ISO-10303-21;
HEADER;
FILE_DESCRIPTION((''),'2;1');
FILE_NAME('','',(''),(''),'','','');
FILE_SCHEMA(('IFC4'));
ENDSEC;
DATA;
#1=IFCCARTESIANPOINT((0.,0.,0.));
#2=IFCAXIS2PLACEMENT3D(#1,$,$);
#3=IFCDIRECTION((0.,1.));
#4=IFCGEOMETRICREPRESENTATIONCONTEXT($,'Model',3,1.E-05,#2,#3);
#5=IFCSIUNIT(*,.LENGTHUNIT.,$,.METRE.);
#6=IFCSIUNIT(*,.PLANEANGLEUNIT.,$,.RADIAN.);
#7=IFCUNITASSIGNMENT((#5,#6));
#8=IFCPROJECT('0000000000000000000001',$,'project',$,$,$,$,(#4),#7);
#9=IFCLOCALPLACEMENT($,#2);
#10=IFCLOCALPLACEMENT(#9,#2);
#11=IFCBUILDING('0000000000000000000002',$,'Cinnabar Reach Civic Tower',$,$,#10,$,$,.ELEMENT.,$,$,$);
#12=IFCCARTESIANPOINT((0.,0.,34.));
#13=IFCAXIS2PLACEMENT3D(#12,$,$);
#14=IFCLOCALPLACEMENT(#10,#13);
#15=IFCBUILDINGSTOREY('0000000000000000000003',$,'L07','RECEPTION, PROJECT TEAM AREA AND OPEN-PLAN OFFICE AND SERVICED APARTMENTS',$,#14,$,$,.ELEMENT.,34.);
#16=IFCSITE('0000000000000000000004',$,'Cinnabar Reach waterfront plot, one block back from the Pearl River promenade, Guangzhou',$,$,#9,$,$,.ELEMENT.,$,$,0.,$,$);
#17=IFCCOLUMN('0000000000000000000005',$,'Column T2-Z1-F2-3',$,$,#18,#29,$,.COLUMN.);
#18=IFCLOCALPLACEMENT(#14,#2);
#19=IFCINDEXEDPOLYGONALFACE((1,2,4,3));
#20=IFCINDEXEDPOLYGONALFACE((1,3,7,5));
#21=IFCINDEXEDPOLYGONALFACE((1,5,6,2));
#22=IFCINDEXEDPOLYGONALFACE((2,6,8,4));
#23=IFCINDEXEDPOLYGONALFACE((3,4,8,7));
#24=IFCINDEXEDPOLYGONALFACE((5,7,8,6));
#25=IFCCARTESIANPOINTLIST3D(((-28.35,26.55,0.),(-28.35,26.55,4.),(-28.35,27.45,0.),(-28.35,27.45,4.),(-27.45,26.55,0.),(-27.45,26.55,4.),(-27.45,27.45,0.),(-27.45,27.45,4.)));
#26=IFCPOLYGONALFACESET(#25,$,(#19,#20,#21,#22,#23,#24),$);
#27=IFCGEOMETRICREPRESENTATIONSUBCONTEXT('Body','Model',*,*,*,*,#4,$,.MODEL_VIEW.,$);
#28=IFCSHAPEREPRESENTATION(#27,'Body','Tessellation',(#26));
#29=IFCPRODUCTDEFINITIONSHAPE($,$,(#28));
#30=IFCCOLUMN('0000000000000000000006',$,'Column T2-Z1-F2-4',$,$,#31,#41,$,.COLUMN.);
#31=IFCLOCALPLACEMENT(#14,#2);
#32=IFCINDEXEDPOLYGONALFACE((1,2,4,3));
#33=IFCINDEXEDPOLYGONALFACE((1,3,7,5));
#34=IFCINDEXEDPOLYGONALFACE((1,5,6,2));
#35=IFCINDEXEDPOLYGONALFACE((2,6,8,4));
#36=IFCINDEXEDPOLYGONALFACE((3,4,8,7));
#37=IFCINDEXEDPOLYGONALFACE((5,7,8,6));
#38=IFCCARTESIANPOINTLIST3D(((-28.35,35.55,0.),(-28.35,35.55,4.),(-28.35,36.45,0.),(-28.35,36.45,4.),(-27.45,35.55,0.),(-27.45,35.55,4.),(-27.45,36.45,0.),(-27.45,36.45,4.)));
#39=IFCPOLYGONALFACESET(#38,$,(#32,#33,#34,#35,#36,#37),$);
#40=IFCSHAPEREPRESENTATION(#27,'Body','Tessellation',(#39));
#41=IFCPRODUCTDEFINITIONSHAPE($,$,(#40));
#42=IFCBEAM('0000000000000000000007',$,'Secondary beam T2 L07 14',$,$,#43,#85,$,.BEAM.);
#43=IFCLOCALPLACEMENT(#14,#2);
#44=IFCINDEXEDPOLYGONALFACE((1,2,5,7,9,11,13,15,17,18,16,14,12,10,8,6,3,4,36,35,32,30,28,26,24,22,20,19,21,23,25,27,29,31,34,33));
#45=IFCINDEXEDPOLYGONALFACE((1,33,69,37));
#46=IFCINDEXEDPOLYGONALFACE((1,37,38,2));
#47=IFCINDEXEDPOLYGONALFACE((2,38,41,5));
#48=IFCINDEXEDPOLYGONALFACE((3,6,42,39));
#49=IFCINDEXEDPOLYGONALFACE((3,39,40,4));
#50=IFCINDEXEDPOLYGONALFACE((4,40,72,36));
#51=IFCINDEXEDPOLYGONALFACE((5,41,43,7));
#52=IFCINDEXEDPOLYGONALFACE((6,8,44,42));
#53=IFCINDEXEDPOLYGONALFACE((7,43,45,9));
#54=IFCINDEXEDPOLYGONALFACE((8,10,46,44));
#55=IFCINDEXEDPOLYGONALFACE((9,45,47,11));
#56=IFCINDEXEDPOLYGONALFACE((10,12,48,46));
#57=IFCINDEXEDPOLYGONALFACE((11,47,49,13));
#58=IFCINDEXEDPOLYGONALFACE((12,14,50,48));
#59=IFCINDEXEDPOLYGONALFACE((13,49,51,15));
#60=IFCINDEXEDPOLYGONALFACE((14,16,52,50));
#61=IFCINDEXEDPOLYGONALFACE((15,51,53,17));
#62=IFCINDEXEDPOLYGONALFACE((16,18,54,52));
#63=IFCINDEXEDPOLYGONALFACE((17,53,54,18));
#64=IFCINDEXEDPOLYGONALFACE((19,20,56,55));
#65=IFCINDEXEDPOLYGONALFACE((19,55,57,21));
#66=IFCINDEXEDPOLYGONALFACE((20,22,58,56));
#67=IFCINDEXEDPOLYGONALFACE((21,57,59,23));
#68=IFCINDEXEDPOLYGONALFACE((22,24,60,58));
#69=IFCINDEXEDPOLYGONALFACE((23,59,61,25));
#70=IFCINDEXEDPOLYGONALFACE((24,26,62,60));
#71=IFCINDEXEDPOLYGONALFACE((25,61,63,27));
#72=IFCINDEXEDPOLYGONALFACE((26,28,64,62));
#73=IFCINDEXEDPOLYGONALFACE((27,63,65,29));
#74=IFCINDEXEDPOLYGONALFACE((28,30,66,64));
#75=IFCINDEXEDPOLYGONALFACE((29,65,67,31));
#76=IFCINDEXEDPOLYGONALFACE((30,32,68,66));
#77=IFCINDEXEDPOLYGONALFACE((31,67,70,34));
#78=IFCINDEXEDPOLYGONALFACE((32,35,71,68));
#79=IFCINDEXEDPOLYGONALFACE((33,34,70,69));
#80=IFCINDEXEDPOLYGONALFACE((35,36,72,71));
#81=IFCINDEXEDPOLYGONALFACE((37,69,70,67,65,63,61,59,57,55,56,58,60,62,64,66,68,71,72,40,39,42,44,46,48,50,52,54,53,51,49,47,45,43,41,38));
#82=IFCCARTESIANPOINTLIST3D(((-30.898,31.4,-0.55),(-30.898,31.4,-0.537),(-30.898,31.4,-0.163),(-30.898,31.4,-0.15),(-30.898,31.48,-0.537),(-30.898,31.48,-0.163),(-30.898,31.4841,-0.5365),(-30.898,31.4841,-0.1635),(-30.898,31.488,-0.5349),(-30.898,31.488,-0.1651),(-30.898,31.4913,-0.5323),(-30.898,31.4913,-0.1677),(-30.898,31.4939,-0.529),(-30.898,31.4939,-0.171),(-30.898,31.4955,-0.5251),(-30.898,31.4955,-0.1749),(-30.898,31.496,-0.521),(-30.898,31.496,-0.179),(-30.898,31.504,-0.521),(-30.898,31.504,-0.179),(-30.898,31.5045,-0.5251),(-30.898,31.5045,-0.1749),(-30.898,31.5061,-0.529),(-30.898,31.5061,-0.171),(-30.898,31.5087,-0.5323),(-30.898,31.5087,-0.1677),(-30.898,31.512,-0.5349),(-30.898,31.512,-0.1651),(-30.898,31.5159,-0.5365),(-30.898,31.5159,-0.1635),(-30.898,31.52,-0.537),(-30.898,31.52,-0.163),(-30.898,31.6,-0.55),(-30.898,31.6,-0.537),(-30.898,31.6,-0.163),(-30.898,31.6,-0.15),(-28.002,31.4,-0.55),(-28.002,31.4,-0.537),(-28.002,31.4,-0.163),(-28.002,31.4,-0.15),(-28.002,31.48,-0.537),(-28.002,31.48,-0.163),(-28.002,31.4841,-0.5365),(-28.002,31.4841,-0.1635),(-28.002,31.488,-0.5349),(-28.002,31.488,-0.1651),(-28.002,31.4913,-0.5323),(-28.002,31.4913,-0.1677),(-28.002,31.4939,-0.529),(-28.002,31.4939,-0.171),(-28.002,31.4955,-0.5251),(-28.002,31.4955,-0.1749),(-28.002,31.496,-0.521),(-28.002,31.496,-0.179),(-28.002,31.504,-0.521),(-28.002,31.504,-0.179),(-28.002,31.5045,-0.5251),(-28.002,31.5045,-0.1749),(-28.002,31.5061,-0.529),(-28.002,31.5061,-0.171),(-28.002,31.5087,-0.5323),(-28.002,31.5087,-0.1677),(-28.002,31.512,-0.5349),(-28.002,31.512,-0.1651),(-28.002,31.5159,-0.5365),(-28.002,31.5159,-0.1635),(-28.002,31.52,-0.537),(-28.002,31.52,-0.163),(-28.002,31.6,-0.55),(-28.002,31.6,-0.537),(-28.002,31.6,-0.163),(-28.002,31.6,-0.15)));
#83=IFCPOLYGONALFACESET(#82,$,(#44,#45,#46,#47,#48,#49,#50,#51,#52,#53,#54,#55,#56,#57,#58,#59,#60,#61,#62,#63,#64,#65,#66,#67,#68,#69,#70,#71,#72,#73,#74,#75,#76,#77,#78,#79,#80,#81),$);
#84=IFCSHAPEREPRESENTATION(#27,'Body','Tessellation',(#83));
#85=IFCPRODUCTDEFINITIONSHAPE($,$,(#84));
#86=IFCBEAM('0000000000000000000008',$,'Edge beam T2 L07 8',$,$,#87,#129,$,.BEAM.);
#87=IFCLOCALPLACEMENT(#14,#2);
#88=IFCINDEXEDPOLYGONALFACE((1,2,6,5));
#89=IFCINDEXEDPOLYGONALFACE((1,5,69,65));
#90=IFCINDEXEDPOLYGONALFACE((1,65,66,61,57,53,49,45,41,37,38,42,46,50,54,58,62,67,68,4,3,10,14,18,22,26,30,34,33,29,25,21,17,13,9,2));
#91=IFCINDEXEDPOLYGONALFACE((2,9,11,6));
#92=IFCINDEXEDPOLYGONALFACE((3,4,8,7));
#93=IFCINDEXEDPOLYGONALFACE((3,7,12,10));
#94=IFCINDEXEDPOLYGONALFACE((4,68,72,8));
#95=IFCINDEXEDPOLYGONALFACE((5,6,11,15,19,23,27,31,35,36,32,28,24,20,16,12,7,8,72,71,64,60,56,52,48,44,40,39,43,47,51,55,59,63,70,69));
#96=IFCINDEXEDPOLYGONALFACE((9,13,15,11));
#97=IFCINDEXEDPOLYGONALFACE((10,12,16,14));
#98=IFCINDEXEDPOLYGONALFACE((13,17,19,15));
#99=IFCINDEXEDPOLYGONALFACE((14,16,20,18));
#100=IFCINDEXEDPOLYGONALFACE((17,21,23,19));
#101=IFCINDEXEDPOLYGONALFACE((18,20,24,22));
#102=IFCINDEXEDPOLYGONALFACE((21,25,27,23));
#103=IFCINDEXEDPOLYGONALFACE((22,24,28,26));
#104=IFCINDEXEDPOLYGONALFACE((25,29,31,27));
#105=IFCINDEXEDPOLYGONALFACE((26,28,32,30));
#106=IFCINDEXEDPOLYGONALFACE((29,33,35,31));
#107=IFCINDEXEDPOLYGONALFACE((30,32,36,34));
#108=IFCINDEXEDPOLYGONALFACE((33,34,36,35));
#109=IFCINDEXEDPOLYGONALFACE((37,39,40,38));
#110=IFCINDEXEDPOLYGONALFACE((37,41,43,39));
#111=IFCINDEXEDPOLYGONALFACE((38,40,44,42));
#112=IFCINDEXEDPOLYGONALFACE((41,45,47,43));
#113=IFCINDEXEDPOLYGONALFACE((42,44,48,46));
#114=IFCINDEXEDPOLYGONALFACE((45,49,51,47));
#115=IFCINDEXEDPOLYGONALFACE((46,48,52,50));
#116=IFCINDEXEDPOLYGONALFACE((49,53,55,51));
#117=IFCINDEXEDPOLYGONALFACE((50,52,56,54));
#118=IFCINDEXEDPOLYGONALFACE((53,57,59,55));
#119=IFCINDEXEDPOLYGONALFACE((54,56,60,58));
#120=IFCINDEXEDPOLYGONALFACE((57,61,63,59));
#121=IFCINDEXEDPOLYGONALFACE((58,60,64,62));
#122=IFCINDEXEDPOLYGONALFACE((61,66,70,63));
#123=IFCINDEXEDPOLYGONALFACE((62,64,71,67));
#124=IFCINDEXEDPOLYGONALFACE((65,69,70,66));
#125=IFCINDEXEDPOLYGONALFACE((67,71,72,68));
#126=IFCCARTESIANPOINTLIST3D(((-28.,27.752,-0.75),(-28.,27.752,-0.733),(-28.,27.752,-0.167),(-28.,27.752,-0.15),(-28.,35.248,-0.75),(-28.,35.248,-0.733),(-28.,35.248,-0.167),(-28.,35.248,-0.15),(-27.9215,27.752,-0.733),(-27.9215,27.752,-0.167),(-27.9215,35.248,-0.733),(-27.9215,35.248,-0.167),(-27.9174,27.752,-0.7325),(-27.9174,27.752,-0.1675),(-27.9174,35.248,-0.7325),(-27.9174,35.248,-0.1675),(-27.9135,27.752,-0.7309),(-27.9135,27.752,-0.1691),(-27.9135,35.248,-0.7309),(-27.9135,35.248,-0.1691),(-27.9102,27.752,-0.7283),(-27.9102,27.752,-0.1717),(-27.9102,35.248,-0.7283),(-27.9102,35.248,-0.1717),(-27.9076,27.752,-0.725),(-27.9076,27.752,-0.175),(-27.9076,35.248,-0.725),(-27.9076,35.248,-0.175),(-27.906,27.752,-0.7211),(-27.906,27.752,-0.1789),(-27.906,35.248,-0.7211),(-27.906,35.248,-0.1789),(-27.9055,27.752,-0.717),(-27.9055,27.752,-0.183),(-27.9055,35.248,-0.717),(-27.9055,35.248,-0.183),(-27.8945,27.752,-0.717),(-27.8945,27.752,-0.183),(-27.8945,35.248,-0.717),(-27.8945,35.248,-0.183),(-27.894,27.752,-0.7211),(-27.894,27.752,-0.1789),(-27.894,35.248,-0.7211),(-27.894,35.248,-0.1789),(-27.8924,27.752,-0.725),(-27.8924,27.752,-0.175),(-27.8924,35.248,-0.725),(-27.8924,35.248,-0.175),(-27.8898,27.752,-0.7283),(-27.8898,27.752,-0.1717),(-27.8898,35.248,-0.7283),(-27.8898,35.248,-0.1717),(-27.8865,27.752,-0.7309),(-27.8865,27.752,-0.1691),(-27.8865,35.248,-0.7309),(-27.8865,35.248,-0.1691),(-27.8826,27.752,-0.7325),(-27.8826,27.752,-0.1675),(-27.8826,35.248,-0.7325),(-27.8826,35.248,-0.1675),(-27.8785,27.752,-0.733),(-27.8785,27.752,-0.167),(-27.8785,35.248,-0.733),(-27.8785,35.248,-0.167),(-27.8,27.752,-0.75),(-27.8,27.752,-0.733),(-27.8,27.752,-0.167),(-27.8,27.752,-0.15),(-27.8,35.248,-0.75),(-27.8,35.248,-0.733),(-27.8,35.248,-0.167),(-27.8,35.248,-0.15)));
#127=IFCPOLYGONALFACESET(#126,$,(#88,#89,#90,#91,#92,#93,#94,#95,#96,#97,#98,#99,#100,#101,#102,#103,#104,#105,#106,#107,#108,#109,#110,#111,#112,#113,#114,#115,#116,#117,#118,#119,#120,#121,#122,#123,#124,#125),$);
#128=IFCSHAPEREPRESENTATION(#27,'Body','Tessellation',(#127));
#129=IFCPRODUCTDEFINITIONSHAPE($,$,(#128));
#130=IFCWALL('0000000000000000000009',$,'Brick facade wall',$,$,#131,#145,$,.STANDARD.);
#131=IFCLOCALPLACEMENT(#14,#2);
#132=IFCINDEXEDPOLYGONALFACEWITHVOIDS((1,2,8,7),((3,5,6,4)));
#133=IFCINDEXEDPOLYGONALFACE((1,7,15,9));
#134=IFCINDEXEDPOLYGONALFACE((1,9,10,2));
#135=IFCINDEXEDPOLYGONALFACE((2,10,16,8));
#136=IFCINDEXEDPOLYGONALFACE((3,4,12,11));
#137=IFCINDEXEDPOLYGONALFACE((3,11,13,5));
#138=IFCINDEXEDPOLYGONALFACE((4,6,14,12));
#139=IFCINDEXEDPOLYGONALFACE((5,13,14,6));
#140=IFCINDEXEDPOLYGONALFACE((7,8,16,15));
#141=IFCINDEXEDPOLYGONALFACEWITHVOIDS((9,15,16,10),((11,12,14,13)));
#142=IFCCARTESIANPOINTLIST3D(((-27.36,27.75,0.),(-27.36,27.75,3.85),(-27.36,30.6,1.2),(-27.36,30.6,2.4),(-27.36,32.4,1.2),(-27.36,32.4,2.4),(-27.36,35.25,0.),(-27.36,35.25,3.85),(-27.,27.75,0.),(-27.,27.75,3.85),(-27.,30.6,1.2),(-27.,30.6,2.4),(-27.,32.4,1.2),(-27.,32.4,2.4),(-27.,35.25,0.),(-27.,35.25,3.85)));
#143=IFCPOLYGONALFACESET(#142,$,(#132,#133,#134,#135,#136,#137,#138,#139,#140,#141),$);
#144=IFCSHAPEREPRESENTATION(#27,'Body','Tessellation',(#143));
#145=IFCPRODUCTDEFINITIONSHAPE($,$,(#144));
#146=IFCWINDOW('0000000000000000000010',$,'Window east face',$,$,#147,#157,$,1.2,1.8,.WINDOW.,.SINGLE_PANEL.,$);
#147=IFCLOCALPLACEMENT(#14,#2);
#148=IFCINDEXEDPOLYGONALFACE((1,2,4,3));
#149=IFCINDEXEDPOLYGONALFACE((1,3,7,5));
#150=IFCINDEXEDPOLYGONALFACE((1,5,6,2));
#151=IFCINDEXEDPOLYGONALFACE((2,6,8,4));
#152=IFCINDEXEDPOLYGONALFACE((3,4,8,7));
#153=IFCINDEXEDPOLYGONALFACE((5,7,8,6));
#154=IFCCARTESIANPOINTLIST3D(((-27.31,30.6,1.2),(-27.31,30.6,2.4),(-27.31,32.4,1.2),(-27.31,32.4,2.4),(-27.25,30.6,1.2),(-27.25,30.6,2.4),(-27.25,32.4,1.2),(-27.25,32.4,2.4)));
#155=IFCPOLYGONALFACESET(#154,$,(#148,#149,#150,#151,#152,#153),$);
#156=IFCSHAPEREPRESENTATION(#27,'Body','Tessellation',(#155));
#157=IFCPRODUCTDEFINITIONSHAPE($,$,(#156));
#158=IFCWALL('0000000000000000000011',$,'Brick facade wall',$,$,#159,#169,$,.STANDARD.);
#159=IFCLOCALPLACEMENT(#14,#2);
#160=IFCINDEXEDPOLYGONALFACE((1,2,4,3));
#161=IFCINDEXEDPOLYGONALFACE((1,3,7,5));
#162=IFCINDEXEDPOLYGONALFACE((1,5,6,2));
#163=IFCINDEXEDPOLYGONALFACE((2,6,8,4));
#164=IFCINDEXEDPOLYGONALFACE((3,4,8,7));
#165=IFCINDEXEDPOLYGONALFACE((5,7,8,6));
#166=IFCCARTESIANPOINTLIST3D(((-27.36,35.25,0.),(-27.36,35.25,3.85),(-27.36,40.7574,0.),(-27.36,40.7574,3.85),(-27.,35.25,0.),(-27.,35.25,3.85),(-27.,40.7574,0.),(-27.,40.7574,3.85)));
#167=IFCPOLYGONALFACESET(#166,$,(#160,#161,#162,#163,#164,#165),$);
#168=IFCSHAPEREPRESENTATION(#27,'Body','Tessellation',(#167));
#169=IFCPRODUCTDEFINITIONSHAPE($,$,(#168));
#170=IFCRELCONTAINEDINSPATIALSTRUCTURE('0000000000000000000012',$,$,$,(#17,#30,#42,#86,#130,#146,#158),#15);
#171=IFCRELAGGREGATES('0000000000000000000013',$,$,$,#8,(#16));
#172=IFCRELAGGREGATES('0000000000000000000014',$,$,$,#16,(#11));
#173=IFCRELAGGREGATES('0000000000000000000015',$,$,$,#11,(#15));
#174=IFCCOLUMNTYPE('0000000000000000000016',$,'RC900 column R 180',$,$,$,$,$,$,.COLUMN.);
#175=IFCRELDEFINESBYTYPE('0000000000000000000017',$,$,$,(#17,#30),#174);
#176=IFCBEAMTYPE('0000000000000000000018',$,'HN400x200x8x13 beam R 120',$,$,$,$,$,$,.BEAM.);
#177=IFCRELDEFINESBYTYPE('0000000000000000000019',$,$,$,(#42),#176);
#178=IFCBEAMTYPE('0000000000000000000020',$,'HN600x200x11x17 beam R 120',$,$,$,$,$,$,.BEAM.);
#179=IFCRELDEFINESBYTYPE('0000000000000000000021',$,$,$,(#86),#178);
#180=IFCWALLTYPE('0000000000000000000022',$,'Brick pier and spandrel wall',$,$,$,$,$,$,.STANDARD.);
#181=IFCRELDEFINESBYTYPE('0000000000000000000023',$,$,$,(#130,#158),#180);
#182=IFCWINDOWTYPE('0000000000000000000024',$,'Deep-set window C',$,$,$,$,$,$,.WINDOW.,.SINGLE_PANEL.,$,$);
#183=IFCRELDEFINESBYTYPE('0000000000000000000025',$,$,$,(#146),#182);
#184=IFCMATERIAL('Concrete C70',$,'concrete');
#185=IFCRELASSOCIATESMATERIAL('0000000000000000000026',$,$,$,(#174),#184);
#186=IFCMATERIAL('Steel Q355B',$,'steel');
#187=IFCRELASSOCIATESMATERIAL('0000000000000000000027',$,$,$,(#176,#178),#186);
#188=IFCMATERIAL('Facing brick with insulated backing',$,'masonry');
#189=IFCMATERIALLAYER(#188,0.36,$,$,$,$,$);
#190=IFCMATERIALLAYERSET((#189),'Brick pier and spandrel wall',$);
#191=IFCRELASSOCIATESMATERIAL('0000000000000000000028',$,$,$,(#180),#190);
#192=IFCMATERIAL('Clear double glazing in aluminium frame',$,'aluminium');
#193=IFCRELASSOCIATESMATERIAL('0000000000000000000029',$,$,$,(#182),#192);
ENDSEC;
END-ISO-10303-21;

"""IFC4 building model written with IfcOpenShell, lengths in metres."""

from ifc_helpers import new_model, si_unit, direction, frame, frame_2d, origin, origin_2d, place, context, subcontext, project, spatial, rectangle, i_section, extrude, material, layer, layer_set, material_profile, profile_set, type_object, element, fill, save


model = new_model("IFC4")

# Units and contexts
model_context = context("Model", 3, precision=1e-05, world=origin(), true_north=direction((0.0, 1.0)))
body_context = subcontext(model_context, "Body", "Model", "MODEL_VIEW")
ifc_project = project(units=[si_unit("LENGTHUNIT", "METRE"), si_unit("PLANEANGLEUNIT", "RADIAN")], contexts=[model_context])

# Site, building, storey
site_placement = place(None, origin())
site = spatial("IfcSite", under=ifc_project, at=site_placement, Name="Cinnabar Reach waterfront plot, one block back from the Pearl River promenade, Guangzhou", CompositionType="ELEMENT", RefElevation=0.0)
building_placement = place(site_placement, origin())
building = spatial("IfcBuilding", under=site, at=building_placement, Name="Cinnabar Reach Civic Tower", CompositionType="ELEMENT")
storey_placement = place(building_placement, frame((0.0, 0.0, 34.0)))
storey = spatial("IfcBuildingStorey", under=building, at=storey_placement, Name="L07", Description="RECEPTION, PROJECT TEAM AREA AND OPEN-PLAN OFFICE AND SERVICED APARTMENTS", CompositionType="ELEMENT", Elevation=34.0)

# Columns
ifc_material_1 = material(Name="Concrete C70", Category="concrete")
ifc_material_profile_1 = material_profile(ifc_material_1, rectangle(XDim=0.9, YDim=0.9, at=origin_2d()), Name="RC900")
ifc_profile_set_1 = profile_set([ifc_material_profile_1], Name="Concrete C70")
column_type = type_object("IfcColumnType", Name="RC900 column R 180", PredefinedType="COLUMN", material=ifc_profile_set_1)
for number, where, z_axis, x_axis, name in (
    (1, (-27.9, 27.0, 0.0), (0.0, 0.0, 1.0), (1.0, 0.0, 0.0), "Column T2-Z1-F2-3"),
    (2, (-27.9, 36.0, 0.0), (0.0, 0.0, 1.0), (1.0, 0.0, 0.0), "Column T2-Z1-F2-4"),
):
    element("IfcColumn", number, at=place(storey_placement, frame(where, z_axis=z_axis, x_axis=x_axis)), inside=storey, type_object=column_type, Name=name, PredefinedType="COLUMN", context=body_context, shape_type="SweptSolid", body=[
        extrude(rectangle(XDim=0.9, YDim=0.9, at=origin_2d()), origin(), (0.0, 0.0, 1.0), 4.0),
    ])

# Beams
ifc_material_2 = material(Name="Steel Q355B", Category="steel")
ifc_material_profile_2 = material_profile(ifc_material_2, i_section(OverallWidth=0.2, OverallDepth=0.4, WebThickness=0.008, FlangeThickness=0.013, FilletRadius=0.016, at=origin_2d()), Name="HN400x200x8x13")
ifc_profile_set_2 = profile_set([ifc_material_profile_2], Name="Steel Q355B")
beam_type_1 = type_object("IfcBeamType", Name="HN400x200x8x13 beam R 120", PredefinedType="BEAM", material=ifc_profile_set_2)
beam_1_placement = place(storey_placement, frame((-30.898, 31.5, -0.35), z_axis=(1.0, 0.0, 0.0), x_axis=(0.0, 1.0, 0.0)))
element("IfcBeam", 3, at=beam_1_placement, inside=storey, type_object=beam_type_1, Name="Secondary beam T2 L07 14", PredefinedType="BEAM", context=body_context, shape_type="SweptSolid", body=[
    extrude(i_section(OverallWidth=0.2, OverallDepth=0.4, WebThickness=0.008, FlangeThickness=0.013, FilletRadius=0.016, at=origin_2d()), origin(), (0.0, 0.0, 1.0), 2.896),
])
ifc_material_profile_3 = material_profile(ifc_material_2, i_section(OverallWidth=0.2, OverallDepth=0.6, WebThickness=0.011, FlangeThickness=0.017, FilletRadius=0.016, at=origin_2d()), Name="HN600x200x11x17")
ifc_profile_set_3 = profile_set([ifc_material_profile_3], Name="Steel Q355B")
beam_type_2 = type_object("IfcBeamType", Name="HN600x200x11x17 beam R 120", PredefinedType="BEAM", material=ifc_profile_set_3)
beam_2_placement = place(storey_placement, frame((-27.9, 27.752, -0.45), z_axis=(0.0, 1.0, 0.0), x_axis=(-1.0, 0.0, 0.0)))
element("IfcBeam", 4, at=beam_2_placement, inside=storey, type_object=beam_type_2, Name="Edge beam T2 L07 8", PredefinedType="BEAM", context=body_context, shape_type="SweptSolid", body=[
    extrude(i_section(OverallWidth=0.2, OverallDepth=0.6, WebThickness=0.011, FlangeThickness=0.017, FilletRadius=0.016, at=origin_2d()), origin(), (0.0, 0.0, 1.0), 7.496),
])

# Wall, opening, window
ifc_material_3 = material(Name="Facing brick with insulated backing", Category="masonry")
ifc_layer_1 = layer(ifc_material_3, 0.36)
ifc_layer_set_1 = layer_set([ifc_layer_1], Name="Brick pier and spandrel wall")
wall_type_1 = type_object("IfcWallType", Name="Brick pier and spandrel wall", PredefinedType="STANDARD", material=ifc_layer_set_1)
wall_1_placement = place(storey_placement, frame((-27.18, 27.75, 0.0), z_axis=(0.0, 0.0, 1.0), x_axis=(0.0, 1.0, 0.0)))
wall_1 = element("IfcWall", 5, at=wall_1_placement, inside=storey, type_object=wall_type_1, Name="Brick facade wall", PredefinedType="STANDARD", context=body_context, shape_type="SweptSolid", body=[
    extrude(rectangle(XDim=7.5, YDim=0.36, at=frame_2d((3.75, 0.0))), origin(), (0.0, 0.0, 1.0), 3.85),
])
opening_1_placement = place(wall_1_placement, frame((2.85, 0.0, 1.2)))
opening_1 = element("IfcOpeningElement", 6, at=opening_1_placement, cuts=wall_1, PredefinedType="OPENING", context=body_context, shape_type="SweptSolid", body=[
    extrude(rectangle(XDim=1.8, YDim=1.2, at=frame_2d((0.9, 0.6))), frame((0.0, 0.19, 0.0), z_axis=(0.0, -1.0, 0.0), x_axis=(1.0, 0.0, 0.0)), (0.0, 0.0, 1.0), 0.38),
])
ifc_material_4 = material(Name="Clear double glazing in aluminium frame", Category="aluminium")
window_type = type_object("IfcWindowType", Name="Deep-set window C", PartitioningType="SINGLE_PANEL", PredefinedType="WINDOW", material=ifc_material_4)
window_placement = place(opening_1_placement, origin())
window = element("IfcWindow", 7, at=window_placement, inside=storey, type_object=window_type, Name="Window east face", OverallHeight=1.2, OverallWidth=1.8, PartitioningType="SINGLE_PANEL", PredefinedType="WINDOW", context=body_context, shape_type="SweptSolid", body=[
    extrude(rectangle(XDim=1.8, YDim=1.2, at=frame_2d((0.9, 0.6))), frame((0.0, 0.13, 0.0), z_axis=(0.0, -1.0, 0.0), x_axis=(1.0, 0.0, 0.0)), (0.0, 0.0, 1.0), 0.06),
])
fill(opening_1, window)

# Wall
wall_2_placement = place(storey_placement, frame((-27.18, 35.25, 0.0), z_axis=(0.0, 0.0, 1.0), x_axis=(0.0, 1.0, 0.0)))
element("IfcWall", 8, at=wall_2_placement, inside=storey, type_object=wall_type_1, Name="Brick facade wall", PredefinedType="STANDARD", context=body_context, shape_type="SweptSolid", body=[
    extrude(rectangle(XDim=5.5074, YDim=0.36, at=frame_2d((2.7537, 0.0))), origin(), (0.0, 0.0, 1.0), 3.85),
])

save(model, "model.ifc")
